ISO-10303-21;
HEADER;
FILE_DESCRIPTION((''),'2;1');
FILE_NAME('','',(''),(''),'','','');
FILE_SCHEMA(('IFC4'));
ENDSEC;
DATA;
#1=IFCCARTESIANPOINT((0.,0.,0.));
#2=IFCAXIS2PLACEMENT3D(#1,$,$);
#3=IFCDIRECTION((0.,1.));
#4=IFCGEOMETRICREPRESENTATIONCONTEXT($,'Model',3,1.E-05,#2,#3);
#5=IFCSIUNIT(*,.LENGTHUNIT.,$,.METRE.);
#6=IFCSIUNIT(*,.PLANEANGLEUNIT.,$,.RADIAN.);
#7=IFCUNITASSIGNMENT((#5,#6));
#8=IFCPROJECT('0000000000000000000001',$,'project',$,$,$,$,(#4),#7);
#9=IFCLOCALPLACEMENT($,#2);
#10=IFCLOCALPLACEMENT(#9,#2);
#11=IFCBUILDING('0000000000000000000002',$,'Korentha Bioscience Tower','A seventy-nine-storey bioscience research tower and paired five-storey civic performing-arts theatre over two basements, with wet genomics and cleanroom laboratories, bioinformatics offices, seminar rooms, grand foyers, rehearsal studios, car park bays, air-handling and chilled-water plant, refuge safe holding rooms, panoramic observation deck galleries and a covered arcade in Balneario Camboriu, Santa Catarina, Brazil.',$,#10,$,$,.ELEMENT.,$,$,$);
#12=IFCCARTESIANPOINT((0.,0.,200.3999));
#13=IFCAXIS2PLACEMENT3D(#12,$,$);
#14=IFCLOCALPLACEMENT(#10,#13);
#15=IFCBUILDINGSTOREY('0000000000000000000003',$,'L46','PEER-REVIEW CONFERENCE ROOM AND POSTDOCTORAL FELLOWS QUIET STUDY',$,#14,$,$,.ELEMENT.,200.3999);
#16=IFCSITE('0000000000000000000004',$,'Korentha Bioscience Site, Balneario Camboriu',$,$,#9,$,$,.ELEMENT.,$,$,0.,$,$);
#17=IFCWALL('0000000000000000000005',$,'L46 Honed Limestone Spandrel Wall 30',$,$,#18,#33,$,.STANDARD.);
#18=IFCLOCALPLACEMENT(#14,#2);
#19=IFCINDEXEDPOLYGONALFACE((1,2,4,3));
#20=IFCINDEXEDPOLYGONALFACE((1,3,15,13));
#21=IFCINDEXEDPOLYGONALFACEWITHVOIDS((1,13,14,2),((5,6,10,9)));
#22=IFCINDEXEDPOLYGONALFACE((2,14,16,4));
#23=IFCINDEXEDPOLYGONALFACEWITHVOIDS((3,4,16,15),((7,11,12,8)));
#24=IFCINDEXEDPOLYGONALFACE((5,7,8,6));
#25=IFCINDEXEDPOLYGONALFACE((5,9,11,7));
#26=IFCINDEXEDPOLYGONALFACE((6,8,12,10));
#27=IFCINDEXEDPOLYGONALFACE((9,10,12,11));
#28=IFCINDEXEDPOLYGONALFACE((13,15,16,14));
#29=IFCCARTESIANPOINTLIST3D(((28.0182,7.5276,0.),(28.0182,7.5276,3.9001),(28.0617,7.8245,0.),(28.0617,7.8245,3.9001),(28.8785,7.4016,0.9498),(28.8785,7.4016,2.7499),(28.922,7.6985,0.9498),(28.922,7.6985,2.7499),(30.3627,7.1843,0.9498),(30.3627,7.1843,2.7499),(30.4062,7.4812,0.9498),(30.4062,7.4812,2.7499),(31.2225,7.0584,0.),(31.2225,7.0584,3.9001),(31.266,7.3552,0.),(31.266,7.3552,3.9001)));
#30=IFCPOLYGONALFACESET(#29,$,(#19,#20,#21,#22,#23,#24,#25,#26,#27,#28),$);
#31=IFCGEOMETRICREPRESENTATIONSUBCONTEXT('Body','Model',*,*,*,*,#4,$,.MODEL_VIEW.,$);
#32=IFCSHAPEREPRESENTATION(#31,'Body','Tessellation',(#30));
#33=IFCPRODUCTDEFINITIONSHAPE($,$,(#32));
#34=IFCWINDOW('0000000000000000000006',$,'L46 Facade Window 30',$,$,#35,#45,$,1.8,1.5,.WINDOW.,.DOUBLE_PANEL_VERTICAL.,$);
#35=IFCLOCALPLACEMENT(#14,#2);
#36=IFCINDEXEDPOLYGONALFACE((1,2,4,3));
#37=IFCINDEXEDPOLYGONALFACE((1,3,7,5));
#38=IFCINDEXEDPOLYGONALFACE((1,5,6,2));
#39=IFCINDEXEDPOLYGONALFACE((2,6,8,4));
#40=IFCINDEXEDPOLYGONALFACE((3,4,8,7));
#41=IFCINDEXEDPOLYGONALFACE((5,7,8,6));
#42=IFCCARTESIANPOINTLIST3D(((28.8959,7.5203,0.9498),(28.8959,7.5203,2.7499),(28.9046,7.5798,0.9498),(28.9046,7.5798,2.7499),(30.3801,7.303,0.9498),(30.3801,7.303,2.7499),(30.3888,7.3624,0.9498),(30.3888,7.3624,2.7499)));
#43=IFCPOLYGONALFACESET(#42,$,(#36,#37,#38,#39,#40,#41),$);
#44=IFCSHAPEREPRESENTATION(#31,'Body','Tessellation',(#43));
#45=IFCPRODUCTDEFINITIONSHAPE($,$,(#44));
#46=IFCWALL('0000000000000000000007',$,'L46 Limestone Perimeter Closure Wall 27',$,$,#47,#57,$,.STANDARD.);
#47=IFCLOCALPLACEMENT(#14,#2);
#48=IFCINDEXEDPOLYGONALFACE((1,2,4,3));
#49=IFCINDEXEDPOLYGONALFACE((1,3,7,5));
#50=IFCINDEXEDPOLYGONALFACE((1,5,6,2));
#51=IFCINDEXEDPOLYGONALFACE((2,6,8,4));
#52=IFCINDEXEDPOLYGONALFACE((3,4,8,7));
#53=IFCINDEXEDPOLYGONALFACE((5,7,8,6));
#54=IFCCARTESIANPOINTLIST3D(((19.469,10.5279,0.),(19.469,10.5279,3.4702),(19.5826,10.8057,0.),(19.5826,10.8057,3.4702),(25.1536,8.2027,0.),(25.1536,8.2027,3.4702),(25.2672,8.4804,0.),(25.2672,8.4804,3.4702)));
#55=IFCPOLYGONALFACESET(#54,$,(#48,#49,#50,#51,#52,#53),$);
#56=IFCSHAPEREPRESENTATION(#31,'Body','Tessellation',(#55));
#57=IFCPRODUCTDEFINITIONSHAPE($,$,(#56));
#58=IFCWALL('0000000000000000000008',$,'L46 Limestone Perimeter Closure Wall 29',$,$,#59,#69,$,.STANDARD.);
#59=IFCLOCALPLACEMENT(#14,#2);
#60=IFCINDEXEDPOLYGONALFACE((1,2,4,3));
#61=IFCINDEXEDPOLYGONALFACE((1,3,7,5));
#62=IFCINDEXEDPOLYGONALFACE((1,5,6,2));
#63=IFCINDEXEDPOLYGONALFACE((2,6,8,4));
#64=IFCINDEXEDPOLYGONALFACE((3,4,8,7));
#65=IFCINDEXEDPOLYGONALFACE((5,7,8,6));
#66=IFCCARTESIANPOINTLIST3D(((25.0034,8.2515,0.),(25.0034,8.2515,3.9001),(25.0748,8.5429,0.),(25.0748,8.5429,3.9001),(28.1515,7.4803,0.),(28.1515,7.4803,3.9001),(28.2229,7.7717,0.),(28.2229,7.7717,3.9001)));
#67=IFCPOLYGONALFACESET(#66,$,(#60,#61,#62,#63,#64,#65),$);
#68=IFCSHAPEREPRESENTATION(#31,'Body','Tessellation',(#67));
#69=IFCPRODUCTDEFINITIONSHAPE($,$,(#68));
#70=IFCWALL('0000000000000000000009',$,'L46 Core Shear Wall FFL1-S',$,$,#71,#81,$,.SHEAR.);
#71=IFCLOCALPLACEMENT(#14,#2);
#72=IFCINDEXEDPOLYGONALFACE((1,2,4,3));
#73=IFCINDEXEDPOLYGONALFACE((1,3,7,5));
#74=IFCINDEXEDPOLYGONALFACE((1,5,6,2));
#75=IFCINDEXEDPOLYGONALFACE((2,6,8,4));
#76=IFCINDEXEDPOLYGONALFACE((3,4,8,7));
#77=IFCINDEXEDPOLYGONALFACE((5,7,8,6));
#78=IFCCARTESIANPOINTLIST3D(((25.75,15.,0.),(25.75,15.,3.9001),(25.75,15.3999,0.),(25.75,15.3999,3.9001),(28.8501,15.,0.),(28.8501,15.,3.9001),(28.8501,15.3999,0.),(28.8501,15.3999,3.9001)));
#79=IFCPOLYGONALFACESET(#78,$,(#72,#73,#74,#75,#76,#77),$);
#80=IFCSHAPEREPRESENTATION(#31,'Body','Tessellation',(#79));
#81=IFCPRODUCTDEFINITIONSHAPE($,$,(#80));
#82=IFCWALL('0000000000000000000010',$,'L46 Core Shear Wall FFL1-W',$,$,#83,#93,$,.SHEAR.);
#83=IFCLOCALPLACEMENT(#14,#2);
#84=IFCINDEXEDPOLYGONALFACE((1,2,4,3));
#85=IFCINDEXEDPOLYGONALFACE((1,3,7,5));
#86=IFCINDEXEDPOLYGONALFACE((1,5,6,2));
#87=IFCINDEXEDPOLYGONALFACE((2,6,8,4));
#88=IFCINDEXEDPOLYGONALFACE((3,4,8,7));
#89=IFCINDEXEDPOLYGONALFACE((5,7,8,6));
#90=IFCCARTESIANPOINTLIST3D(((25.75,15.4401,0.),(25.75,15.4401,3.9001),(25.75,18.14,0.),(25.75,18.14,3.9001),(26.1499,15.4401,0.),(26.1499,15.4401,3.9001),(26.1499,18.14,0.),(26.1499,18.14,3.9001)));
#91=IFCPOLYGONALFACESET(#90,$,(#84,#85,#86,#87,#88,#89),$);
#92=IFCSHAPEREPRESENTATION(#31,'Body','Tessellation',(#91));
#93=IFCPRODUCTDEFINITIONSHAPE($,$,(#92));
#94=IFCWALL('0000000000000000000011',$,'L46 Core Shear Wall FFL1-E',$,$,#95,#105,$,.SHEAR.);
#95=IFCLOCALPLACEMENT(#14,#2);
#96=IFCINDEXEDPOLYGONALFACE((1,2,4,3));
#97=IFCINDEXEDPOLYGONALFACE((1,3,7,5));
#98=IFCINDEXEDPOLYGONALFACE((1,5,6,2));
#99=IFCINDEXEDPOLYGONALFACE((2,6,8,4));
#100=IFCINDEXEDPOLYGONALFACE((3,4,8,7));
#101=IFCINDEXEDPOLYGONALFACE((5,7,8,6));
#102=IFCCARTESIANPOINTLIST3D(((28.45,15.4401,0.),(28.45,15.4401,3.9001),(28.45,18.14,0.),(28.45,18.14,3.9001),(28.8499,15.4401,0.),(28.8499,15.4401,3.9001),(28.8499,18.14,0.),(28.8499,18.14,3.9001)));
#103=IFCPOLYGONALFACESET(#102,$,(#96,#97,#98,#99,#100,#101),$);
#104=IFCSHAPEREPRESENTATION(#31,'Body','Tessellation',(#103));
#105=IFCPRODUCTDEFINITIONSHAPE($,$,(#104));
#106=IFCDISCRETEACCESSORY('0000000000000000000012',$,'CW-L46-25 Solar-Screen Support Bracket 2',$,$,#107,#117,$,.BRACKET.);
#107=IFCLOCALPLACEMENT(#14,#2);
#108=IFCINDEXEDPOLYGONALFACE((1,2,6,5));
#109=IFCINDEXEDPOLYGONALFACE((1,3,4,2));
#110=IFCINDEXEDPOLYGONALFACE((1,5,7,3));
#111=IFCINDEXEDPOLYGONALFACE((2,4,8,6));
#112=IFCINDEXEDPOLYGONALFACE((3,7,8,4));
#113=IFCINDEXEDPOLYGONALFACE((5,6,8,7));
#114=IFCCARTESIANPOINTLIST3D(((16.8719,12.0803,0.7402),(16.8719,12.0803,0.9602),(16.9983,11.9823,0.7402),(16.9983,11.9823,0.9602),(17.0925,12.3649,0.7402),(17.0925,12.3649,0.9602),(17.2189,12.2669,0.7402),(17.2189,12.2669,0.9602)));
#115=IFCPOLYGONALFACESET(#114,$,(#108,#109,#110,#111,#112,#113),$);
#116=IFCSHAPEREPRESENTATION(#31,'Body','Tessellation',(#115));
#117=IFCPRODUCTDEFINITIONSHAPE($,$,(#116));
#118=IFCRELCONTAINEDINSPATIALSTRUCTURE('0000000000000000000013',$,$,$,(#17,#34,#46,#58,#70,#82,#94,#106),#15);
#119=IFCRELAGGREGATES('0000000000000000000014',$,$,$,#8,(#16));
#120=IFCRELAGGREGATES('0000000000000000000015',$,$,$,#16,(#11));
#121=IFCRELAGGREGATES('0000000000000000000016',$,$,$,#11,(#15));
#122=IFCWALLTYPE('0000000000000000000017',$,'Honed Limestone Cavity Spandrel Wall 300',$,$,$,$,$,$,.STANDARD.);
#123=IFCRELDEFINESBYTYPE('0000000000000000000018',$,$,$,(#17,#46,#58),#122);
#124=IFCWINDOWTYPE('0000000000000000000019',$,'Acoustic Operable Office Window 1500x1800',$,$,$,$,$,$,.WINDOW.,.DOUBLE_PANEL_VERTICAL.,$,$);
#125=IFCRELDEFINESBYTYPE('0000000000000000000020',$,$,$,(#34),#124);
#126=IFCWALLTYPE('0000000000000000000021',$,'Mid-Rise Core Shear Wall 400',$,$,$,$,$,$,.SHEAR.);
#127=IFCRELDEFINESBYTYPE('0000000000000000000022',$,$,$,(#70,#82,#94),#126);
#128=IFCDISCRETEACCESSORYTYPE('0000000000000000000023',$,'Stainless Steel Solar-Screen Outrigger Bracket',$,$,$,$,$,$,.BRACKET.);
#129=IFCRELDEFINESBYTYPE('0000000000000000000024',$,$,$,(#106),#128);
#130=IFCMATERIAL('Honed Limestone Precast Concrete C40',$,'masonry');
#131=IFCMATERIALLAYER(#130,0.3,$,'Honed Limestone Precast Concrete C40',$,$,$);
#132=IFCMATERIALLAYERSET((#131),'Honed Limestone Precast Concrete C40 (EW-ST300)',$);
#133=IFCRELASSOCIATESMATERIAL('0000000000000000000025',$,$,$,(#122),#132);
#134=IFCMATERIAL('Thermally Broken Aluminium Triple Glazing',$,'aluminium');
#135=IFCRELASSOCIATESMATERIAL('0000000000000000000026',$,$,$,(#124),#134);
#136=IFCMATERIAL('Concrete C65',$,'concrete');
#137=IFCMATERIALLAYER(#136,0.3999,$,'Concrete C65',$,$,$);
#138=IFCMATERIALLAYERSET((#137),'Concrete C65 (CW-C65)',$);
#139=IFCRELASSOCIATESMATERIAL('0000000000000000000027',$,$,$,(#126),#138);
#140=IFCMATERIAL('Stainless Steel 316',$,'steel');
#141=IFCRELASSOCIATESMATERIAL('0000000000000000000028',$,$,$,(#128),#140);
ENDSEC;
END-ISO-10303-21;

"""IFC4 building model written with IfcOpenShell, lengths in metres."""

from ifc_helpers import new_model, si_unit, direction, frame, frame_2d, origin, origin_2d, place, context, subcontext, project, spatial, rectangle, extrude, material, layer, layer_set, type_object, element, fill, save


model = new_model("IFC4")

# Units and contexts
model_context = context("Model", 3, precision=1e-05, world=origin(), true_north=direction((0.0, 1.0)))
body_context = subcontext(model_context, "Body", "Model", "MODEL_VIEW")
ifc_project = project(units=[si_unit("LENGTHUNIT", "METRE"), si_unit("PLANEANGLEUNIT", "RADIAN")], contexts=[model_context])

# Site, building, storey
site_placement = place(None, origin())
site = spatial("IfcSite", under=ifc_project, at=site_placement, Name="Korentha Bioscience Site, Balneario Camboriu", CompositionType="ELEMENT", RefElevation=0.0)
building_placement = place(site_placement, origin())
building = spatial("IfcBuilding", under=site, at=building_placement, Name="Korentha Bioscience Tower", Description="A seventy-nine-storey bioscience research tower and paired five-storey civic performing-arts theatre over two basements, with wet genomics and cleanroom laboratories, bioinformatics offices, seminar rooms, grand foyers, rehearsal studios, car park bays, air-handling and chilled-water plant, refuge safe holding rooms, panoramic observation deck galleries and a covered arcade in Balneario Camboriu, Santa Catarina, Brazil.", CompositionType="ELEMENT")
storey_placement = place(building_placement, frame((0.0, 0.0, 200.3999)))
storey = spatial("IfcBuildingStorey", under=building, at=storey_placement, Name="L46", Description="PEER-REVIEW CONFERENCE ROOM AND POSTDOCTORAL FELLOWS QUIET STUDY", CompositionType="ELEMENT", Elevation=200.3999)

# Shared definitions
ifc_material_1 = material(Name="Concrete C65", Category="concrete")

# Wall, opening, window
ifc_material_2 = material(Name="Honed Limestone Precast Concrete C40", Category="masonry")
ifc_layer_1 = layer(ifc_material_2, 0.3, Name="Honed Limestone Precast Concrete C40")
ifc_layer_set_1 = layer_set([ifc_layer_1], Name="Honed Limestone Precast Concrete C40 (EW-ST300)")
wall_type_1 = type_object("IfcWallType", Name="Honed Limestone Cavity Spandrel Wall 300", PredefinedType="STANDARD", material=ifc_layer_set_1)
ifc_material_3 = material(Name="Thermally Broken Aluminium Triple Glazing", Category="aluminium")
window_type = type_object("IfcWindowType", Name="Acoustic Operable Office Window 1500x1800", PartitioningType="DOUBLE_PANEL_VERTICAL", PredefinedType="WINDOW", material=ifc_material_3)
wall_1_placement = place(storey_placement, frame((28.04, 7.676, 0.0), z_axis=(0.0, 0.0, 1.0), x_axis=(0.989447, -0.144893, 0.0)))
wall_1 = element("IfcWall", 1, at=wall_1_placement, inside=storey, type_object=wall_type_1, Name="L46 Honed Limestone Spandrel Wall 30", PredefinedType="STANDARD", context=body_context, shape_type="SweptSolid", body=[
    extrude(rectangle(XDim=3.2385, YDim=0.3, at=frame_2d((1.6191, 0.0))), origin(), (0.0, 0.0, 1.0), 3.9001),
])
opening_1_placement = place(wall_1_placement, frame((0.8694, 0.0, 0.95)))
opening_1 = element("IfcOpeningElement", 2, at=opening_1_placement, cuts=wall_1, PredefinedType="OPENING", context=body_context, shape_type="SweptSolid", body=[
    extrude(rectangle(XDim=1.5, YDim=1.8, at=frame_2d((0.75, 0.8999))), frame((0.0, 0.165, 0.0), z_axis=(0.0, -1.0, 0.0), x_axis=(1.0, 0.0, 0.0)), (0.0, 0.0, 1.0), 0.3298),
])
window_1_placement = place(opening_1_placement, origin())
window_1 = element("IfcWindow", 3, at=window_1_placement, inside=storey, type_object=window_type, Name="L46 Facade Window 30", OverallHeight=1.8, OverallWidth=1.5, PartitioningType="DOUBLE_PANEL_VERTICAL", PredefinedType="WINDOW", context=body_context, shape_type="SweptSolid", body=[
    extrude(rectangle(XDim=1.5, YDim=1.8, at=frame_2d((0.75, 0.8999))), frame((0.0, 0.03, 0.0), z_axis=(0.0, -1.0, 0.0), x_axis=(1.0, 0.0, 0.0)), (0.0, 0.0, 1.0), 0.0601),
])
fill(opening_1, window_1)

# Walls
wall_2_placement = place(storey_placement, frame((19.5259, 10.6667, 0.0), z_axis=(0.0, 0.0, 1.0), x_axis=(0.925565, -0.37859, 0.0)))
element("IfcWall", 4, at=wall_2_placement, inside=storey, type_object=wall_type_1, Name="L46 Limestone Perimeter Closure Wall 27", PredefinedType="STANDARD", context=body_context, shape_type="SweptSolid", body=[
    extrude(rectangle(XDim=6.1418, YDim=0.3, at=frame_2d((3.0708, 0.0))), origin(), (0.0, 0.0, 1.0), 3.4702),
])
wall_3_placement = place(storey_placement, frame((25.0391, 8.3972, 0.0), z_axis=(0.0, 0.0, 1.0), x_axis=(0.971279, -0.237943, 0.0)))
element("IfcWall", 5, at=wall_3_placement, inside=storey, type_object=wall_type_1, Name="L46 Limestone Perimeter Closure Wall 29", PredefinedType="STANDARD", context=body_context, shape_type="SweptSolid", body=[
    extrude(rectangle(XDim=3.2412, YDim=0.3, at=frame_2d((1.6206, 0.0))), origin(), (0.0, 0.0, 1.0), 3.9001),
])
ifc_layer_2 = layer(ifc_material_1, 0.3999, Name="Concrete C65")
ifc_layer_set_2 = layer_set([ifc_layer_2], Name="Concrete C65 (CW-C65)")
wall_type_2 = type_object("IfcWallType", Name="Mid-Rise Core Shear Wall 400", PredefinedType="SHEAR", material=ifc_layer_set_2)
wall_4_placement = place(storey_placement, frame((25.75, 15.2, 0.0), z_axis=(0.0, 0.0, 1.0), x_axis=(1.0, 0.0, 0.0)))
element("IfcWall", 6, at=wall_4_placement, inside=storey, type_object=wall_type_2, Name="L46 Core Shear Wall FFL1-S", PredefinedType="SHEAR", context=body_context, shape_type="SweptSolid", body=[
    extrude(rectangle(XDim=3.1001, YDim=0.3999, at=frame_2d((1.55, 0.0))), origin(), (0.0, 0.0, 1.0), 3.9001),
])
for number, where, z_axis, x_axis, name in (
    (7, (25.95, 15.4399, 0.0), (0.0, 0.0, 1.0), (0.0, 1.0, 0.0), "L46 Core Shear Wall FFL1-W"),
    (8, (28.6499, 15.4399, 0.0), (0.0, 0.0, 1.0), (0.0, 1.0, 0.0), "L46 Core Shear Wall FFL1-E"),
):
    element("IfcWall", number, at=place(storey_placement, frame(where, z_axis=z_axis, x_axis=x_axis)), inside=storey, type_object=wall_type_2, Name=name, PredefinedType="SHEAR", context=body_context, shape_type="SweptSolid", body=[
        extrude(rectangle(XDim=2.7, YDim=0.3999, at=frame_2d((1.3501, 0.0))), origin(), (0.0, 0.0, 1.0), 3.9001),
    ])

# Discrete accessory
ifc_material_4 = material(Name="Stainless Steel 316", Category="steel")
discrete_accessory_type = type_object("IfcDiscreteAccessoryType", Name="Stainless Steel Solar-Screen Outrigger Bracket", PredefinedType="BRACKET", material=ifc_material_4)
discrete_accessory_placement = place(storey_placement, frame((17.0454, 12.1736, 0.7402), z_axis=(0.0, 0.0, 1.0), x_axis=(0.790346, -0.612661, 0.0)))
element("IfcDiscreteAccessory", 9, at=discrete_accessory_placement, inside=storey, type_object=discrete_accessory_type, Name="CW-L46-25 Solar-Screen Support Bracket 2", PredefinedType="BRACKET", context=body_context, shape_type="SweptSolid", body=[
    extrude(rectangle(XDim=0.1599, YDim=0.3601, at=origin_2d()), origin(), (0.0, 0.0, 1.0), 0.22),
])

save(model, "model.ifc")
